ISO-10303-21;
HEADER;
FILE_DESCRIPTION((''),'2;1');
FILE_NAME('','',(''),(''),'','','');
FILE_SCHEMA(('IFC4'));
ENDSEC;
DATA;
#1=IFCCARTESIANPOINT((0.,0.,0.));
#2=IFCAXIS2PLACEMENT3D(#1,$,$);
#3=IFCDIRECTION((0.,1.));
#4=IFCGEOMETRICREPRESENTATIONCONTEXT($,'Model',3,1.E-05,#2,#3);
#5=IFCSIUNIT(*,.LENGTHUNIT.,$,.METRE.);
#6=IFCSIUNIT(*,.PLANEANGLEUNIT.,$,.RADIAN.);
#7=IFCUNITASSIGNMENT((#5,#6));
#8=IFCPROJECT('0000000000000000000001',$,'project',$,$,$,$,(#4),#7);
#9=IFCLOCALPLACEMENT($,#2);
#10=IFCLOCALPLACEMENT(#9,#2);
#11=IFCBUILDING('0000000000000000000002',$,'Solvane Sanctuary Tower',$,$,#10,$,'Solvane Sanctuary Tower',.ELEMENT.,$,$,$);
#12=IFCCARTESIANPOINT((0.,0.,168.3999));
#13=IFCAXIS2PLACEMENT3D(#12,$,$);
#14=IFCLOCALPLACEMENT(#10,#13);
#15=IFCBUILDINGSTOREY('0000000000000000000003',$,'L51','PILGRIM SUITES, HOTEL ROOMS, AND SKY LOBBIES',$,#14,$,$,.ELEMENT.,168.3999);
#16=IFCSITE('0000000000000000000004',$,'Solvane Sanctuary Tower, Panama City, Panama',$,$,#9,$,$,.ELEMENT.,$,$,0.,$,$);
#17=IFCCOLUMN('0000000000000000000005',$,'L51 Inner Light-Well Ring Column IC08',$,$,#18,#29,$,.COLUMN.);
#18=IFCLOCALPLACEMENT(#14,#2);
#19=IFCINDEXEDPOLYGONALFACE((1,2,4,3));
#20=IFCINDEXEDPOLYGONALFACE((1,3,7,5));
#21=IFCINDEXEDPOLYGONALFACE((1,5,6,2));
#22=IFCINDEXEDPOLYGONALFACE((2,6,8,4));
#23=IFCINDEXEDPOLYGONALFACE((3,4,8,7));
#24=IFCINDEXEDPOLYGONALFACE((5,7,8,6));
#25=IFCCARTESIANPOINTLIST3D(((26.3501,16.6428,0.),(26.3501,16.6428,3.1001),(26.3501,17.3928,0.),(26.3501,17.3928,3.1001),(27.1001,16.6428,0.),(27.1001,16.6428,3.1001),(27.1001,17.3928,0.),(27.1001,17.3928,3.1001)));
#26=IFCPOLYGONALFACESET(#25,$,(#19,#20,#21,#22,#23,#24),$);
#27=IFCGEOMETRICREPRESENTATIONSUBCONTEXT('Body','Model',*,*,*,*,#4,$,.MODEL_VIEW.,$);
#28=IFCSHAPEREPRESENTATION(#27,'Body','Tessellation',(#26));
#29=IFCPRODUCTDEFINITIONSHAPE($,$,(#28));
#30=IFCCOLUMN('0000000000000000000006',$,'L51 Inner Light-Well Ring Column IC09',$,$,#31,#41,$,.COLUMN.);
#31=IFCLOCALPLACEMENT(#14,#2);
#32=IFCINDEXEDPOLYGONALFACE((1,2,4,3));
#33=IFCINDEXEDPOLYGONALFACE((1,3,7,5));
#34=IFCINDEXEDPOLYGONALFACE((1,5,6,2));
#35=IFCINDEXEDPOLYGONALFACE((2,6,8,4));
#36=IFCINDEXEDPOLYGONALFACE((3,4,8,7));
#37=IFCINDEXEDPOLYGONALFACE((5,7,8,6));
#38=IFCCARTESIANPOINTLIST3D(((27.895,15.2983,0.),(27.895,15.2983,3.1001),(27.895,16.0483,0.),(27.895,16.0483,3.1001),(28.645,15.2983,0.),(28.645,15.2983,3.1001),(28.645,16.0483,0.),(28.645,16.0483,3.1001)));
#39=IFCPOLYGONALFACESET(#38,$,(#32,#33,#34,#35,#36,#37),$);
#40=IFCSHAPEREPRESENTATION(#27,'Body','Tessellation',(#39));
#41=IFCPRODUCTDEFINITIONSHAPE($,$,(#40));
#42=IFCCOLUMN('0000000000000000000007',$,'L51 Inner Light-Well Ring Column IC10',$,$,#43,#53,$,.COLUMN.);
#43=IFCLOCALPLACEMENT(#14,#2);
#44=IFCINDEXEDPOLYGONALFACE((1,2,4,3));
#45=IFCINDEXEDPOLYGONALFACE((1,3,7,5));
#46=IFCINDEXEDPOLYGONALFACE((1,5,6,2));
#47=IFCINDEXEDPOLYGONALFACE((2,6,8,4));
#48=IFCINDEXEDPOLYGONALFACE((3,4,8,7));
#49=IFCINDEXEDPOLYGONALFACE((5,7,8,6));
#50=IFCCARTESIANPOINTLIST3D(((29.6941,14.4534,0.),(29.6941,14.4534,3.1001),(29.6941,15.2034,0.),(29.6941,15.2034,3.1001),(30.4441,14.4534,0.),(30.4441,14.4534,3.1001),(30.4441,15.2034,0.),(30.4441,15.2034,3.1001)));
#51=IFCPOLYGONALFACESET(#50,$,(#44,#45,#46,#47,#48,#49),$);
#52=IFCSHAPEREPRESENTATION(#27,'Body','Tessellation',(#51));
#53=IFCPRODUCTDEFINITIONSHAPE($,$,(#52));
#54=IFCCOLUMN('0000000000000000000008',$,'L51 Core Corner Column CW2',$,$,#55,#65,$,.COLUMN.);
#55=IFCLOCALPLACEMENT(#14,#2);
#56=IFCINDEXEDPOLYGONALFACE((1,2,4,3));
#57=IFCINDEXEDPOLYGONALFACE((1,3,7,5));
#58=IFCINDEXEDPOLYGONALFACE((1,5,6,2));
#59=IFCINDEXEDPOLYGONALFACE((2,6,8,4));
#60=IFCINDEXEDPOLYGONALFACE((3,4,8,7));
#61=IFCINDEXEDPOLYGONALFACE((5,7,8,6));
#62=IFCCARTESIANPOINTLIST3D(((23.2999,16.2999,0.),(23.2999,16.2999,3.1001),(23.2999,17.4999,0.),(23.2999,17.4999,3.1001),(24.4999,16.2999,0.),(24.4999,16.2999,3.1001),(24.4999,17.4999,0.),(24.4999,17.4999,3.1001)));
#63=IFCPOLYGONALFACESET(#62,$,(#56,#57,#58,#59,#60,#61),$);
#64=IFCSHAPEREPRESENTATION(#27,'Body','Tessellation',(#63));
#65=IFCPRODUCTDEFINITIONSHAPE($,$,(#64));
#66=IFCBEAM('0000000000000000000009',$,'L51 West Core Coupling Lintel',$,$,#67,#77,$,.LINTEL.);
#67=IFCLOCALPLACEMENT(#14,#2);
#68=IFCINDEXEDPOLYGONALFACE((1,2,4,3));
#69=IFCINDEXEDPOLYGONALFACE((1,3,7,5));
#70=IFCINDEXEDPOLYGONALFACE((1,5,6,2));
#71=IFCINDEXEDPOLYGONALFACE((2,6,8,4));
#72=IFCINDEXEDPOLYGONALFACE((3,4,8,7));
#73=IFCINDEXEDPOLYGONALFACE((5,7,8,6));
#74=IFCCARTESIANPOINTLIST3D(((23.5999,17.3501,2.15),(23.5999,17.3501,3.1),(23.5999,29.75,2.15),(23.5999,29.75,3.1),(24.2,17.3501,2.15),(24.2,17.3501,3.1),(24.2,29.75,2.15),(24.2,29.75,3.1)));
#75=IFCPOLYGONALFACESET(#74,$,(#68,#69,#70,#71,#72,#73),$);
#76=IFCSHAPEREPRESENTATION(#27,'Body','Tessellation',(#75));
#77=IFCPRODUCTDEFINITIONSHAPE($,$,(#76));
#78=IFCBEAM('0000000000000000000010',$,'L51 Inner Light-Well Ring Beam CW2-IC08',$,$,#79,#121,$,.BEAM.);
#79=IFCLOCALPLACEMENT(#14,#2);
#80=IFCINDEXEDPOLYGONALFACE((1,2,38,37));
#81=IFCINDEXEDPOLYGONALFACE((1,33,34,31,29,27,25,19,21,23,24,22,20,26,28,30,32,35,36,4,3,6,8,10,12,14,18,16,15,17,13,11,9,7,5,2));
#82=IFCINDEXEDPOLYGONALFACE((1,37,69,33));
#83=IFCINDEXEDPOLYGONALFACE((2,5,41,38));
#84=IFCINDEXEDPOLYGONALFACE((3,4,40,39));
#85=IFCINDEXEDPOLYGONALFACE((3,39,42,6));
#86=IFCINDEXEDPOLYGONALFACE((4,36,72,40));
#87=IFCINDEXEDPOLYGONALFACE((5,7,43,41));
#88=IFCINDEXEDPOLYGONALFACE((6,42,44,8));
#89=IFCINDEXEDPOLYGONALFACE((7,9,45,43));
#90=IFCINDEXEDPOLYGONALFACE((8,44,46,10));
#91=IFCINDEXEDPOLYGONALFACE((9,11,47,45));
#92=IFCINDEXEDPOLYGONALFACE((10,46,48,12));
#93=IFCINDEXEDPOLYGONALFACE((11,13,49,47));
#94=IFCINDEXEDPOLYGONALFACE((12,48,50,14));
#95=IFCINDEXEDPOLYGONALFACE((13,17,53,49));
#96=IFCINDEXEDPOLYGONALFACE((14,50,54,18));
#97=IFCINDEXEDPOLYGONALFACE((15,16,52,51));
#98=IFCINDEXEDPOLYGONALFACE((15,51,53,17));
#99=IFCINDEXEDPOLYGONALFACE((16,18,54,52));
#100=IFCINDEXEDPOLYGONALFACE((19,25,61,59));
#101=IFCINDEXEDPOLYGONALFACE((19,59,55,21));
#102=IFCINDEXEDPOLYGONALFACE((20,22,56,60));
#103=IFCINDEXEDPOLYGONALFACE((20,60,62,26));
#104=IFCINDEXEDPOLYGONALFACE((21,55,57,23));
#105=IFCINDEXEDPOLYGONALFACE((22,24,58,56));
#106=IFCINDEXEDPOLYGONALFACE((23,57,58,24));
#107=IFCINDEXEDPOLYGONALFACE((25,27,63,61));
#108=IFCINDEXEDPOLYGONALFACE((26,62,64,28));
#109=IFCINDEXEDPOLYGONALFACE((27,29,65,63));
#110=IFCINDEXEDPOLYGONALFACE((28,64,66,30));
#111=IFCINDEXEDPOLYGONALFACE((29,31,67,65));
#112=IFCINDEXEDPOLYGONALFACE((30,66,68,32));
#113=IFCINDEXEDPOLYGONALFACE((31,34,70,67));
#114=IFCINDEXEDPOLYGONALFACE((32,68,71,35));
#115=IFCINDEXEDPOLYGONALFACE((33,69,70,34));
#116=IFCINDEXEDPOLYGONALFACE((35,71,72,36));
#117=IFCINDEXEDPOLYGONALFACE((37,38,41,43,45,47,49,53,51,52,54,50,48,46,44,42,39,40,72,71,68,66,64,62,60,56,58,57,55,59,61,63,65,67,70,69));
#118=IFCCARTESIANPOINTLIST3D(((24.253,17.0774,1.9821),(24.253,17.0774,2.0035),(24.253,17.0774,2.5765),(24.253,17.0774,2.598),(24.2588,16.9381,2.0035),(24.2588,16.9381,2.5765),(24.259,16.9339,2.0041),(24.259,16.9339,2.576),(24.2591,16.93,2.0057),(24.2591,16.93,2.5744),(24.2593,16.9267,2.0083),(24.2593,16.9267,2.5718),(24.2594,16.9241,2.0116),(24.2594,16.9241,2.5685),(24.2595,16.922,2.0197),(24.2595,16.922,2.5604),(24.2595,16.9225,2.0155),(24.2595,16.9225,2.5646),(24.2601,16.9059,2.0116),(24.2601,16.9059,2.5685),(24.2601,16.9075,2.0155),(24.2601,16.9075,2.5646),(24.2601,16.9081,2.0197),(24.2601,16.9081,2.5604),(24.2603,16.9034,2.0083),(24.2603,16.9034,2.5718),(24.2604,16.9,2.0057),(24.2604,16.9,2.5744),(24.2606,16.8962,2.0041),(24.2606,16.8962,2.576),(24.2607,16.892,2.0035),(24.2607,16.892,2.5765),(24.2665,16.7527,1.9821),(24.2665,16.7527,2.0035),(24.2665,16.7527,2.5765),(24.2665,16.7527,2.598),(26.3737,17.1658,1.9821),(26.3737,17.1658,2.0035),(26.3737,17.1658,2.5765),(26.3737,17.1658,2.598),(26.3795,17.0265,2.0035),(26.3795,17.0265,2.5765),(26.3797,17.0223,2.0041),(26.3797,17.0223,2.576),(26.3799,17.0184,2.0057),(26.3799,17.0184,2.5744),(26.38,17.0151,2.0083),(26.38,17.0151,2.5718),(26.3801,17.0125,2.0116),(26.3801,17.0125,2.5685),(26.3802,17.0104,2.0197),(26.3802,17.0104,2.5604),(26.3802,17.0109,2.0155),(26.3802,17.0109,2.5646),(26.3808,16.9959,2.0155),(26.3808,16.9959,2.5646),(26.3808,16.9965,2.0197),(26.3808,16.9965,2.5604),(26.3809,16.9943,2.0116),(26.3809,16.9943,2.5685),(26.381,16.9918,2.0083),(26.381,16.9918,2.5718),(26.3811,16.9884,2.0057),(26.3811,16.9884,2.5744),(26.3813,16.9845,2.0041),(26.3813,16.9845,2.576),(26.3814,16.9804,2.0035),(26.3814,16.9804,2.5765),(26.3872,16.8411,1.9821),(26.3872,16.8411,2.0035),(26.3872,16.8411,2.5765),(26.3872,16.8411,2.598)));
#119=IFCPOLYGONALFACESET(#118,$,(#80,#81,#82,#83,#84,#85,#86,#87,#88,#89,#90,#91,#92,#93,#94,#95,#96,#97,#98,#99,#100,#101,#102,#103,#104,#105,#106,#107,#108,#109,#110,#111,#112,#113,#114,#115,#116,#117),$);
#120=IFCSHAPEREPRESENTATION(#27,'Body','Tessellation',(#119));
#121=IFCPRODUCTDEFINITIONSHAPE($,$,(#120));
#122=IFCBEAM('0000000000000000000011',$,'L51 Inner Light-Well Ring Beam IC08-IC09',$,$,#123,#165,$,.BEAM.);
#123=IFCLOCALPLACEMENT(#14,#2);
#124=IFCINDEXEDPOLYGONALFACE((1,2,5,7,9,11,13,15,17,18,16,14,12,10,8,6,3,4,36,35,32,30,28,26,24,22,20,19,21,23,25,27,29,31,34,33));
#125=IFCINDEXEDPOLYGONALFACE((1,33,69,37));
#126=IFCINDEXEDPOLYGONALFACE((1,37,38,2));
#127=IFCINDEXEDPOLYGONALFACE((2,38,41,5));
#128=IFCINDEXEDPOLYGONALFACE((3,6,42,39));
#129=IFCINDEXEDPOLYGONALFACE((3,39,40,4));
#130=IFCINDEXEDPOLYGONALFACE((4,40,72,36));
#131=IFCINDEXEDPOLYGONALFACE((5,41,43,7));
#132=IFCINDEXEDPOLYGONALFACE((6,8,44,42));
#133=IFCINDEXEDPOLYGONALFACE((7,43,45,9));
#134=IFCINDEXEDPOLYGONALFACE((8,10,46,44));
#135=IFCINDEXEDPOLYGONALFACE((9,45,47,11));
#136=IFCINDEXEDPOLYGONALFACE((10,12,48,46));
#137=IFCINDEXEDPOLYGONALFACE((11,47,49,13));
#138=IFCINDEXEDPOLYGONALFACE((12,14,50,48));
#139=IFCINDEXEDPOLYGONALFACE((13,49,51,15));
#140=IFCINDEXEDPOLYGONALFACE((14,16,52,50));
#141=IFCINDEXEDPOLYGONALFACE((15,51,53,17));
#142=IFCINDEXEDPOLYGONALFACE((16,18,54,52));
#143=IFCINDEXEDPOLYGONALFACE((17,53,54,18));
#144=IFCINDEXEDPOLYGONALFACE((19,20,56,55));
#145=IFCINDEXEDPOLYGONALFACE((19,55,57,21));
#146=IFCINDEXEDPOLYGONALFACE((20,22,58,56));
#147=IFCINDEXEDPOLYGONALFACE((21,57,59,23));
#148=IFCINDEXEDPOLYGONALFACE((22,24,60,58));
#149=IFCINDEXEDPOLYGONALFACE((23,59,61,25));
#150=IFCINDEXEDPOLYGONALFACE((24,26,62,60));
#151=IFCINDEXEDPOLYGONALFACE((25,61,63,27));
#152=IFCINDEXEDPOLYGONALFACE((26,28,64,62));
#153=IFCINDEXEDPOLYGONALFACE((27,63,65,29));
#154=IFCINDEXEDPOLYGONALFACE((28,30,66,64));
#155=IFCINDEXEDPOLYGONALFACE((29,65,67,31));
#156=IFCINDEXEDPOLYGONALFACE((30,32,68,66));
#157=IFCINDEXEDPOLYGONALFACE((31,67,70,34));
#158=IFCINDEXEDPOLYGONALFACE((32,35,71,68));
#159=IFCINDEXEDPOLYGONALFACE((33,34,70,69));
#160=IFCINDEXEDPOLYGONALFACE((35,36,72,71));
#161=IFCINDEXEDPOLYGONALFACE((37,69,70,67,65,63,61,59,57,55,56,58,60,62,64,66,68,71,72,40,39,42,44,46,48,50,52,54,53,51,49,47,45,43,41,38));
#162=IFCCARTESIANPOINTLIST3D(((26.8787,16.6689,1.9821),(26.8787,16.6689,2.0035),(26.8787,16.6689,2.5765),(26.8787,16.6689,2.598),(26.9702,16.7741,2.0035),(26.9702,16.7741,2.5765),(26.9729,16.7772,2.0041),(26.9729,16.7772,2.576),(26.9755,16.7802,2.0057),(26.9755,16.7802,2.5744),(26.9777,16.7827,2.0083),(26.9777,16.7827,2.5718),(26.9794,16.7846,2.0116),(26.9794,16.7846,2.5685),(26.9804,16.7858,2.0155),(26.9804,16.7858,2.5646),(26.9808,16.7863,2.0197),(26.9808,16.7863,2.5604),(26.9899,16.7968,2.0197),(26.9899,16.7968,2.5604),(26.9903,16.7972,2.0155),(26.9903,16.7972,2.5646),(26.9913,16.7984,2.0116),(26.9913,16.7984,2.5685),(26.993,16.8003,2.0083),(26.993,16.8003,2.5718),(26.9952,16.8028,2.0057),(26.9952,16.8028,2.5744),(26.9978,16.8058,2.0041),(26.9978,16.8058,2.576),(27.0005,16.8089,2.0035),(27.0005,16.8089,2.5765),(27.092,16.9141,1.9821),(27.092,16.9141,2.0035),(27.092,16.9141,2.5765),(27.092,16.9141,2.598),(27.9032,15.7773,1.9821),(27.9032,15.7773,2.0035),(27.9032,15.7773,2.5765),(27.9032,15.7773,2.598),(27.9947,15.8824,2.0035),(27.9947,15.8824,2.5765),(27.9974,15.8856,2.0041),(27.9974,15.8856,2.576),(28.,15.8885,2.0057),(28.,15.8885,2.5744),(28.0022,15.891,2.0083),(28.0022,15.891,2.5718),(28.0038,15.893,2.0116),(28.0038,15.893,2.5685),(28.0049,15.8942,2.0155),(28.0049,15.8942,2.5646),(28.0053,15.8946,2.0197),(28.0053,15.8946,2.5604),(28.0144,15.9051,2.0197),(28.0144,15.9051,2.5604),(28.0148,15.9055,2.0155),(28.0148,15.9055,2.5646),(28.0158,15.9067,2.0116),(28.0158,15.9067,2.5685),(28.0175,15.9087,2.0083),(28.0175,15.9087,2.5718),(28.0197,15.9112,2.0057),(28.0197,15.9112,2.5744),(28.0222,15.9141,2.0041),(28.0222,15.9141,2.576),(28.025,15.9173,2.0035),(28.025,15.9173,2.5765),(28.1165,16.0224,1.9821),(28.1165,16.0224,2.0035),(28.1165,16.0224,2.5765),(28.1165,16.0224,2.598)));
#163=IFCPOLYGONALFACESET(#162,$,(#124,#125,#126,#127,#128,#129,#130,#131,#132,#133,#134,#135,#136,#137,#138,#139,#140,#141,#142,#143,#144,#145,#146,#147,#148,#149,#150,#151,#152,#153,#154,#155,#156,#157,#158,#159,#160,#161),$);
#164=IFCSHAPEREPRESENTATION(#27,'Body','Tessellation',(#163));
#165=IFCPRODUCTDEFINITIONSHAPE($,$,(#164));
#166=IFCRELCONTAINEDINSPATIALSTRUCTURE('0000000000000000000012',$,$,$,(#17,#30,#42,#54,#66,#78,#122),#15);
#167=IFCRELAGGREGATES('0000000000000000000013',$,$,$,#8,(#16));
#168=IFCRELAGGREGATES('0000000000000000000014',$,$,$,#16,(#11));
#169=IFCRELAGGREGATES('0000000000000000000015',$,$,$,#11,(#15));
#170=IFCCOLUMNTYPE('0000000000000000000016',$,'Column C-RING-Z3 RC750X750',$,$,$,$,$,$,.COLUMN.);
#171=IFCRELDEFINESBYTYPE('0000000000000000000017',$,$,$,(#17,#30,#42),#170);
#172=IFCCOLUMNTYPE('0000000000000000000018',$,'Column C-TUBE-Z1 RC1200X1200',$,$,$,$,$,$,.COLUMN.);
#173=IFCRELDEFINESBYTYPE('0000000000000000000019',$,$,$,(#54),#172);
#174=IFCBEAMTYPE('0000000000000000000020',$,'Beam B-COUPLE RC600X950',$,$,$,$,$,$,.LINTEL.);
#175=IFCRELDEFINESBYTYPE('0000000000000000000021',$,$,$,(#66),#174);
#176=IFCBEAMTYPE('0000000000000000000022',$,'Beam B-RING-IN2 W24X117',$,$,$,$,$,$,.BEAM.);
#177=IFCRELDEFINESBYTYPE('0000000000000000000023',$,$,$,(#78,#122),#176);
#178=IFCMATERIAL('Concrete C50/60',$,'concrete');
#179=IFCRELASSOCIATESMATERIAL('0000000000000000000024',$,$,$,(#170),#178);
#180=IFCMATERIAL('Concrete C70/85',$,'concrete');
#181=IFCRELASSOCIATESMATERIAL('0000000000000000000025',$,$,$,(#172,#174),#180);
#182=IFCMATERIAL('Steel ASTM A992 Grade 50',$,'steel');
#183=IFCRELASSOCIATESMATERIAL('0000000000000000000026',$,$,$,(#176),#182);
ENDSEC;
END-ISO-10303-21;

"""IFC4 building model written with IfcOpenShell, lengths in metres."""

from ifc_helpers import new_model, si_unit, direction, frame, origin, origin_2d, place, context, subcontext, project, spatial, rectangle, i_section, extrude, material, material_profile, profile_set, type_object, element, save


model = new_model("IFC4")

# Units and contexts
model_context = context("Model", 3, precision=1e-05, world=origin(), true_north=direction((0.0, 1.0)))
body_context = subcontext(model_context, "Body", "Model", "MODEL_VIEW")
ifc_project = project(units=[si_unit("LENGTHUNIT", "METRE"), si_unit("PLANEANGLEUNIT", "RADIAN")], contexts=[model_context])

# Site, building, storey
site_placement = place(None, origin())
site = spatial("IfcSite", under=ifc_project, at=site_placement, Name="Solvane Sanctuary Tower, Panama City, Panama", CompositionType="ELEMENT", RefElevation=0.0)
building_placement = place(site_placement, origin())
building = spatial("IfcBuilding", under=site, at=building_placement, Name="Solvane Sanctuary Tower", LongName="Solvane Sanctuary Tower", CompositionType="ELEMENT")
storey_placement = place(building_placement, frame((0.0, 0.0, 168.3999)))
storey = spatial("IfcBuildingStorey", under=building, at=storey_placement, Name="L51", Description="PILGRIM SUITES, HOTEL ROOMS, AND SKY LOBBIES", CompositionType="ELEMENT", Elevation=168.3999)

# Columns
ifc_material_1 = material(Name="Concrete C50/60", Category="concrete")
ifc_material_profile_1 = material_profile(ifc_material_1, rectangle(XDim=0.75, YDim=0.75, at=origin_2d()), Name="RC750X750")
ifc_profile_set_1 = profile_set([ifc_material_profile_1], Name="Concrete C50/60")
column_type_1 = type_object("IfcColumnType", Name="Column C-RING-Z3 RC750X750", PredefinedType="COLUMN", material=ifc_profile_set_1)
for number, where, z_axis, x_axis, name in (
    (1, (26.7251, 17.0178, 0.0), (0.0, 0.0, 1.0), (1.0, 0.0, 0.0), "L51 Inner Light-Well Ring Column IC08"),
    (2, (28.27, 15.6733, 0.0), (0.0, 0.0, 1.0), (1.0, 0.0, 0.0), "L51 Inner Light-Well Ring Column IC09"),
    (3, (30.0691, 14.8284, 0.0), (0.0, 0.0, 1.0), (1.0, 0.0, 0.0), "L51 Inner Light-Well Ring Column IC10"),
):
    element("IfcColumn", number, at=place(storey_placement, frame(where, z_axis=z_axis, x_axis=x_axis)), inside=storey, type_object=column_type_1, Name=name, PredefinedType="COLUMN", context=body_context, shape_type="SweptSolid", body=[
        extrude(rectangle(XDim=0.75, YDim=0.75, at=origin_2d()), origin(), (0.0, 0.0, 1.0), 3.1001),
    ])
ifc_material_2 = material(Name="Concrete C70/85", Category="concrete")
ifc_material_profile_2 = material_profile(ifc_material_2, rectangle(XDim=1.2, YDim=1.2, at=origin_2d()), Name="RC1200X1200")
ifc_profile_set_2 = profile_set([ifc_material_profile_2], Name="Concrete C70/85")
column_type_2 = type_object("IfcColumnType", Name="Column C-TUBE-Z1 RC1200X1200", PredefinedType="COLUMN", material=ifc_profile_set_2)
column_placement = place(storey_placement, frame((23.8999, 16.8999, 0.0), z_axis=(0.0, 0.0, 1.0), x_axis=(1.0, 0.0, 0.0)))
element("IfcColumn", 4, at=column_placement, inside=storey, type_object=column_type_2, Name="L51 Core Corner Column CW2", PredefinedType="COLUMN", context=body_context, shape_type="SweptSolid", body=[
    extrude(rectangle(XDim=1.2, YDim=1.2, at=origin_2d()), origin(), (0.0, 0.0, 1.0), 3.1001),
])

# Beams
ifc_material_profile_3 = material_profile(ifc_material_2, rectangle(XDim=0.6001, YDim=0.95, at=origin_2d()), Name="RC600X950")
ifc_profile_set_3 = profile_set([ifc_material_profile_3], Name="Concrete C70/85")
beam_type_1 = type_object("IfcBeamType", Name="Beam B-COUPLE RC600X950", PredefinedType="LINTEL", material=ifc_profile_set_3)
beam_1_placement = place(storey_placement, frame((23.8999, 17.3501, 2.625), z_axis=(0.0, 1.0, 0.0), x_axis=(-1.0, 0.0, 0.0)))
element("IfcBeam", 5, at=beam_1_placement, inside=storey, type_object=beam_type_1, Name="L51 West Core Coupling Lintel", PredefinedType="LINTEL", context=body_context, shape_type="SweptSolid", body=[
    extrude(rectangle(XDim=0.6001, YDim=0.95, at=origin_2d()), origin(), (0.0, 0.0, 1.0), 12.3999),
])
ifc_material_3 = material(Name="Steel ASTM A992 Grade 50", Category="steel")
ifc_material_profile_4 = material_profile(ifc_material_3, i_section(OverallWidth=0.325, OverallDepth=0.616, WebThickness=0.0139, FlangeThickness=0.0215, FilletRadius=0.0161, at=origin_2d()), Name="W24X117")
ifc_profile_set_4 = profile_set([ifc_material_profile_4], Name="Steel ASTM A992 Grade 50")
beam_type_2 = type_object("IfcBeamType", Name="Beam B-RING-IN2 W24X117", PredefinedType="BEAM", material=ifc_profile_set_4)
beam_2_placement = place(storey_placement, frame((24.2598, 16.915, 2.29), z_axis=(0.999133, 0.04164, 0.0), x_axis=(-0.04164, 0.999133, 0.0)))
element("IfcBeam", 6, at=beam_2_placement, inside=storey, type_object=beam_type_2, Name="L51 Inner Light-Well Ring Beam CW2-IC08", PredefinedType="BEAM", context=body_context, shape_type="SweptSolid", body=[
    extrude(i_section(OverallWidth=0.325, OverallDepth=0.616, WebThickness=0.0139, FlangeThickness=0.0215, FilletRadius=0.0161, at=origin_2d()), origin(), (0.0, 0.0, 1.0), 2.1226),
])
beam_3_placement = place(storey_placement, frame((26.9854, 16.7915, 2.29), z_axis=(0.754311, -0.656517, 0.0), x_axis=(0.656517, 0.754311, 0.0)))
element("IfcBeam", 7, at=beam_3_placement, inside=storey, type_object=beam_type_2, Name="L51 Inner Light-Well Ring Beam IC08-IC09", PredefinedType="BEAM", context=body_context, shape_type="SweptSolid", body=[
    extrude(i_section(OverallWidth=0.325, OverallDepth=0.616, WebThickness=0.0139, FlangeThickness=0.0215, FilletRadius=0.0161, at=origin_2d()), origin(), (0.0, 0.0, 1.0), 1.3582),
])

save(model, "model.ifc")
